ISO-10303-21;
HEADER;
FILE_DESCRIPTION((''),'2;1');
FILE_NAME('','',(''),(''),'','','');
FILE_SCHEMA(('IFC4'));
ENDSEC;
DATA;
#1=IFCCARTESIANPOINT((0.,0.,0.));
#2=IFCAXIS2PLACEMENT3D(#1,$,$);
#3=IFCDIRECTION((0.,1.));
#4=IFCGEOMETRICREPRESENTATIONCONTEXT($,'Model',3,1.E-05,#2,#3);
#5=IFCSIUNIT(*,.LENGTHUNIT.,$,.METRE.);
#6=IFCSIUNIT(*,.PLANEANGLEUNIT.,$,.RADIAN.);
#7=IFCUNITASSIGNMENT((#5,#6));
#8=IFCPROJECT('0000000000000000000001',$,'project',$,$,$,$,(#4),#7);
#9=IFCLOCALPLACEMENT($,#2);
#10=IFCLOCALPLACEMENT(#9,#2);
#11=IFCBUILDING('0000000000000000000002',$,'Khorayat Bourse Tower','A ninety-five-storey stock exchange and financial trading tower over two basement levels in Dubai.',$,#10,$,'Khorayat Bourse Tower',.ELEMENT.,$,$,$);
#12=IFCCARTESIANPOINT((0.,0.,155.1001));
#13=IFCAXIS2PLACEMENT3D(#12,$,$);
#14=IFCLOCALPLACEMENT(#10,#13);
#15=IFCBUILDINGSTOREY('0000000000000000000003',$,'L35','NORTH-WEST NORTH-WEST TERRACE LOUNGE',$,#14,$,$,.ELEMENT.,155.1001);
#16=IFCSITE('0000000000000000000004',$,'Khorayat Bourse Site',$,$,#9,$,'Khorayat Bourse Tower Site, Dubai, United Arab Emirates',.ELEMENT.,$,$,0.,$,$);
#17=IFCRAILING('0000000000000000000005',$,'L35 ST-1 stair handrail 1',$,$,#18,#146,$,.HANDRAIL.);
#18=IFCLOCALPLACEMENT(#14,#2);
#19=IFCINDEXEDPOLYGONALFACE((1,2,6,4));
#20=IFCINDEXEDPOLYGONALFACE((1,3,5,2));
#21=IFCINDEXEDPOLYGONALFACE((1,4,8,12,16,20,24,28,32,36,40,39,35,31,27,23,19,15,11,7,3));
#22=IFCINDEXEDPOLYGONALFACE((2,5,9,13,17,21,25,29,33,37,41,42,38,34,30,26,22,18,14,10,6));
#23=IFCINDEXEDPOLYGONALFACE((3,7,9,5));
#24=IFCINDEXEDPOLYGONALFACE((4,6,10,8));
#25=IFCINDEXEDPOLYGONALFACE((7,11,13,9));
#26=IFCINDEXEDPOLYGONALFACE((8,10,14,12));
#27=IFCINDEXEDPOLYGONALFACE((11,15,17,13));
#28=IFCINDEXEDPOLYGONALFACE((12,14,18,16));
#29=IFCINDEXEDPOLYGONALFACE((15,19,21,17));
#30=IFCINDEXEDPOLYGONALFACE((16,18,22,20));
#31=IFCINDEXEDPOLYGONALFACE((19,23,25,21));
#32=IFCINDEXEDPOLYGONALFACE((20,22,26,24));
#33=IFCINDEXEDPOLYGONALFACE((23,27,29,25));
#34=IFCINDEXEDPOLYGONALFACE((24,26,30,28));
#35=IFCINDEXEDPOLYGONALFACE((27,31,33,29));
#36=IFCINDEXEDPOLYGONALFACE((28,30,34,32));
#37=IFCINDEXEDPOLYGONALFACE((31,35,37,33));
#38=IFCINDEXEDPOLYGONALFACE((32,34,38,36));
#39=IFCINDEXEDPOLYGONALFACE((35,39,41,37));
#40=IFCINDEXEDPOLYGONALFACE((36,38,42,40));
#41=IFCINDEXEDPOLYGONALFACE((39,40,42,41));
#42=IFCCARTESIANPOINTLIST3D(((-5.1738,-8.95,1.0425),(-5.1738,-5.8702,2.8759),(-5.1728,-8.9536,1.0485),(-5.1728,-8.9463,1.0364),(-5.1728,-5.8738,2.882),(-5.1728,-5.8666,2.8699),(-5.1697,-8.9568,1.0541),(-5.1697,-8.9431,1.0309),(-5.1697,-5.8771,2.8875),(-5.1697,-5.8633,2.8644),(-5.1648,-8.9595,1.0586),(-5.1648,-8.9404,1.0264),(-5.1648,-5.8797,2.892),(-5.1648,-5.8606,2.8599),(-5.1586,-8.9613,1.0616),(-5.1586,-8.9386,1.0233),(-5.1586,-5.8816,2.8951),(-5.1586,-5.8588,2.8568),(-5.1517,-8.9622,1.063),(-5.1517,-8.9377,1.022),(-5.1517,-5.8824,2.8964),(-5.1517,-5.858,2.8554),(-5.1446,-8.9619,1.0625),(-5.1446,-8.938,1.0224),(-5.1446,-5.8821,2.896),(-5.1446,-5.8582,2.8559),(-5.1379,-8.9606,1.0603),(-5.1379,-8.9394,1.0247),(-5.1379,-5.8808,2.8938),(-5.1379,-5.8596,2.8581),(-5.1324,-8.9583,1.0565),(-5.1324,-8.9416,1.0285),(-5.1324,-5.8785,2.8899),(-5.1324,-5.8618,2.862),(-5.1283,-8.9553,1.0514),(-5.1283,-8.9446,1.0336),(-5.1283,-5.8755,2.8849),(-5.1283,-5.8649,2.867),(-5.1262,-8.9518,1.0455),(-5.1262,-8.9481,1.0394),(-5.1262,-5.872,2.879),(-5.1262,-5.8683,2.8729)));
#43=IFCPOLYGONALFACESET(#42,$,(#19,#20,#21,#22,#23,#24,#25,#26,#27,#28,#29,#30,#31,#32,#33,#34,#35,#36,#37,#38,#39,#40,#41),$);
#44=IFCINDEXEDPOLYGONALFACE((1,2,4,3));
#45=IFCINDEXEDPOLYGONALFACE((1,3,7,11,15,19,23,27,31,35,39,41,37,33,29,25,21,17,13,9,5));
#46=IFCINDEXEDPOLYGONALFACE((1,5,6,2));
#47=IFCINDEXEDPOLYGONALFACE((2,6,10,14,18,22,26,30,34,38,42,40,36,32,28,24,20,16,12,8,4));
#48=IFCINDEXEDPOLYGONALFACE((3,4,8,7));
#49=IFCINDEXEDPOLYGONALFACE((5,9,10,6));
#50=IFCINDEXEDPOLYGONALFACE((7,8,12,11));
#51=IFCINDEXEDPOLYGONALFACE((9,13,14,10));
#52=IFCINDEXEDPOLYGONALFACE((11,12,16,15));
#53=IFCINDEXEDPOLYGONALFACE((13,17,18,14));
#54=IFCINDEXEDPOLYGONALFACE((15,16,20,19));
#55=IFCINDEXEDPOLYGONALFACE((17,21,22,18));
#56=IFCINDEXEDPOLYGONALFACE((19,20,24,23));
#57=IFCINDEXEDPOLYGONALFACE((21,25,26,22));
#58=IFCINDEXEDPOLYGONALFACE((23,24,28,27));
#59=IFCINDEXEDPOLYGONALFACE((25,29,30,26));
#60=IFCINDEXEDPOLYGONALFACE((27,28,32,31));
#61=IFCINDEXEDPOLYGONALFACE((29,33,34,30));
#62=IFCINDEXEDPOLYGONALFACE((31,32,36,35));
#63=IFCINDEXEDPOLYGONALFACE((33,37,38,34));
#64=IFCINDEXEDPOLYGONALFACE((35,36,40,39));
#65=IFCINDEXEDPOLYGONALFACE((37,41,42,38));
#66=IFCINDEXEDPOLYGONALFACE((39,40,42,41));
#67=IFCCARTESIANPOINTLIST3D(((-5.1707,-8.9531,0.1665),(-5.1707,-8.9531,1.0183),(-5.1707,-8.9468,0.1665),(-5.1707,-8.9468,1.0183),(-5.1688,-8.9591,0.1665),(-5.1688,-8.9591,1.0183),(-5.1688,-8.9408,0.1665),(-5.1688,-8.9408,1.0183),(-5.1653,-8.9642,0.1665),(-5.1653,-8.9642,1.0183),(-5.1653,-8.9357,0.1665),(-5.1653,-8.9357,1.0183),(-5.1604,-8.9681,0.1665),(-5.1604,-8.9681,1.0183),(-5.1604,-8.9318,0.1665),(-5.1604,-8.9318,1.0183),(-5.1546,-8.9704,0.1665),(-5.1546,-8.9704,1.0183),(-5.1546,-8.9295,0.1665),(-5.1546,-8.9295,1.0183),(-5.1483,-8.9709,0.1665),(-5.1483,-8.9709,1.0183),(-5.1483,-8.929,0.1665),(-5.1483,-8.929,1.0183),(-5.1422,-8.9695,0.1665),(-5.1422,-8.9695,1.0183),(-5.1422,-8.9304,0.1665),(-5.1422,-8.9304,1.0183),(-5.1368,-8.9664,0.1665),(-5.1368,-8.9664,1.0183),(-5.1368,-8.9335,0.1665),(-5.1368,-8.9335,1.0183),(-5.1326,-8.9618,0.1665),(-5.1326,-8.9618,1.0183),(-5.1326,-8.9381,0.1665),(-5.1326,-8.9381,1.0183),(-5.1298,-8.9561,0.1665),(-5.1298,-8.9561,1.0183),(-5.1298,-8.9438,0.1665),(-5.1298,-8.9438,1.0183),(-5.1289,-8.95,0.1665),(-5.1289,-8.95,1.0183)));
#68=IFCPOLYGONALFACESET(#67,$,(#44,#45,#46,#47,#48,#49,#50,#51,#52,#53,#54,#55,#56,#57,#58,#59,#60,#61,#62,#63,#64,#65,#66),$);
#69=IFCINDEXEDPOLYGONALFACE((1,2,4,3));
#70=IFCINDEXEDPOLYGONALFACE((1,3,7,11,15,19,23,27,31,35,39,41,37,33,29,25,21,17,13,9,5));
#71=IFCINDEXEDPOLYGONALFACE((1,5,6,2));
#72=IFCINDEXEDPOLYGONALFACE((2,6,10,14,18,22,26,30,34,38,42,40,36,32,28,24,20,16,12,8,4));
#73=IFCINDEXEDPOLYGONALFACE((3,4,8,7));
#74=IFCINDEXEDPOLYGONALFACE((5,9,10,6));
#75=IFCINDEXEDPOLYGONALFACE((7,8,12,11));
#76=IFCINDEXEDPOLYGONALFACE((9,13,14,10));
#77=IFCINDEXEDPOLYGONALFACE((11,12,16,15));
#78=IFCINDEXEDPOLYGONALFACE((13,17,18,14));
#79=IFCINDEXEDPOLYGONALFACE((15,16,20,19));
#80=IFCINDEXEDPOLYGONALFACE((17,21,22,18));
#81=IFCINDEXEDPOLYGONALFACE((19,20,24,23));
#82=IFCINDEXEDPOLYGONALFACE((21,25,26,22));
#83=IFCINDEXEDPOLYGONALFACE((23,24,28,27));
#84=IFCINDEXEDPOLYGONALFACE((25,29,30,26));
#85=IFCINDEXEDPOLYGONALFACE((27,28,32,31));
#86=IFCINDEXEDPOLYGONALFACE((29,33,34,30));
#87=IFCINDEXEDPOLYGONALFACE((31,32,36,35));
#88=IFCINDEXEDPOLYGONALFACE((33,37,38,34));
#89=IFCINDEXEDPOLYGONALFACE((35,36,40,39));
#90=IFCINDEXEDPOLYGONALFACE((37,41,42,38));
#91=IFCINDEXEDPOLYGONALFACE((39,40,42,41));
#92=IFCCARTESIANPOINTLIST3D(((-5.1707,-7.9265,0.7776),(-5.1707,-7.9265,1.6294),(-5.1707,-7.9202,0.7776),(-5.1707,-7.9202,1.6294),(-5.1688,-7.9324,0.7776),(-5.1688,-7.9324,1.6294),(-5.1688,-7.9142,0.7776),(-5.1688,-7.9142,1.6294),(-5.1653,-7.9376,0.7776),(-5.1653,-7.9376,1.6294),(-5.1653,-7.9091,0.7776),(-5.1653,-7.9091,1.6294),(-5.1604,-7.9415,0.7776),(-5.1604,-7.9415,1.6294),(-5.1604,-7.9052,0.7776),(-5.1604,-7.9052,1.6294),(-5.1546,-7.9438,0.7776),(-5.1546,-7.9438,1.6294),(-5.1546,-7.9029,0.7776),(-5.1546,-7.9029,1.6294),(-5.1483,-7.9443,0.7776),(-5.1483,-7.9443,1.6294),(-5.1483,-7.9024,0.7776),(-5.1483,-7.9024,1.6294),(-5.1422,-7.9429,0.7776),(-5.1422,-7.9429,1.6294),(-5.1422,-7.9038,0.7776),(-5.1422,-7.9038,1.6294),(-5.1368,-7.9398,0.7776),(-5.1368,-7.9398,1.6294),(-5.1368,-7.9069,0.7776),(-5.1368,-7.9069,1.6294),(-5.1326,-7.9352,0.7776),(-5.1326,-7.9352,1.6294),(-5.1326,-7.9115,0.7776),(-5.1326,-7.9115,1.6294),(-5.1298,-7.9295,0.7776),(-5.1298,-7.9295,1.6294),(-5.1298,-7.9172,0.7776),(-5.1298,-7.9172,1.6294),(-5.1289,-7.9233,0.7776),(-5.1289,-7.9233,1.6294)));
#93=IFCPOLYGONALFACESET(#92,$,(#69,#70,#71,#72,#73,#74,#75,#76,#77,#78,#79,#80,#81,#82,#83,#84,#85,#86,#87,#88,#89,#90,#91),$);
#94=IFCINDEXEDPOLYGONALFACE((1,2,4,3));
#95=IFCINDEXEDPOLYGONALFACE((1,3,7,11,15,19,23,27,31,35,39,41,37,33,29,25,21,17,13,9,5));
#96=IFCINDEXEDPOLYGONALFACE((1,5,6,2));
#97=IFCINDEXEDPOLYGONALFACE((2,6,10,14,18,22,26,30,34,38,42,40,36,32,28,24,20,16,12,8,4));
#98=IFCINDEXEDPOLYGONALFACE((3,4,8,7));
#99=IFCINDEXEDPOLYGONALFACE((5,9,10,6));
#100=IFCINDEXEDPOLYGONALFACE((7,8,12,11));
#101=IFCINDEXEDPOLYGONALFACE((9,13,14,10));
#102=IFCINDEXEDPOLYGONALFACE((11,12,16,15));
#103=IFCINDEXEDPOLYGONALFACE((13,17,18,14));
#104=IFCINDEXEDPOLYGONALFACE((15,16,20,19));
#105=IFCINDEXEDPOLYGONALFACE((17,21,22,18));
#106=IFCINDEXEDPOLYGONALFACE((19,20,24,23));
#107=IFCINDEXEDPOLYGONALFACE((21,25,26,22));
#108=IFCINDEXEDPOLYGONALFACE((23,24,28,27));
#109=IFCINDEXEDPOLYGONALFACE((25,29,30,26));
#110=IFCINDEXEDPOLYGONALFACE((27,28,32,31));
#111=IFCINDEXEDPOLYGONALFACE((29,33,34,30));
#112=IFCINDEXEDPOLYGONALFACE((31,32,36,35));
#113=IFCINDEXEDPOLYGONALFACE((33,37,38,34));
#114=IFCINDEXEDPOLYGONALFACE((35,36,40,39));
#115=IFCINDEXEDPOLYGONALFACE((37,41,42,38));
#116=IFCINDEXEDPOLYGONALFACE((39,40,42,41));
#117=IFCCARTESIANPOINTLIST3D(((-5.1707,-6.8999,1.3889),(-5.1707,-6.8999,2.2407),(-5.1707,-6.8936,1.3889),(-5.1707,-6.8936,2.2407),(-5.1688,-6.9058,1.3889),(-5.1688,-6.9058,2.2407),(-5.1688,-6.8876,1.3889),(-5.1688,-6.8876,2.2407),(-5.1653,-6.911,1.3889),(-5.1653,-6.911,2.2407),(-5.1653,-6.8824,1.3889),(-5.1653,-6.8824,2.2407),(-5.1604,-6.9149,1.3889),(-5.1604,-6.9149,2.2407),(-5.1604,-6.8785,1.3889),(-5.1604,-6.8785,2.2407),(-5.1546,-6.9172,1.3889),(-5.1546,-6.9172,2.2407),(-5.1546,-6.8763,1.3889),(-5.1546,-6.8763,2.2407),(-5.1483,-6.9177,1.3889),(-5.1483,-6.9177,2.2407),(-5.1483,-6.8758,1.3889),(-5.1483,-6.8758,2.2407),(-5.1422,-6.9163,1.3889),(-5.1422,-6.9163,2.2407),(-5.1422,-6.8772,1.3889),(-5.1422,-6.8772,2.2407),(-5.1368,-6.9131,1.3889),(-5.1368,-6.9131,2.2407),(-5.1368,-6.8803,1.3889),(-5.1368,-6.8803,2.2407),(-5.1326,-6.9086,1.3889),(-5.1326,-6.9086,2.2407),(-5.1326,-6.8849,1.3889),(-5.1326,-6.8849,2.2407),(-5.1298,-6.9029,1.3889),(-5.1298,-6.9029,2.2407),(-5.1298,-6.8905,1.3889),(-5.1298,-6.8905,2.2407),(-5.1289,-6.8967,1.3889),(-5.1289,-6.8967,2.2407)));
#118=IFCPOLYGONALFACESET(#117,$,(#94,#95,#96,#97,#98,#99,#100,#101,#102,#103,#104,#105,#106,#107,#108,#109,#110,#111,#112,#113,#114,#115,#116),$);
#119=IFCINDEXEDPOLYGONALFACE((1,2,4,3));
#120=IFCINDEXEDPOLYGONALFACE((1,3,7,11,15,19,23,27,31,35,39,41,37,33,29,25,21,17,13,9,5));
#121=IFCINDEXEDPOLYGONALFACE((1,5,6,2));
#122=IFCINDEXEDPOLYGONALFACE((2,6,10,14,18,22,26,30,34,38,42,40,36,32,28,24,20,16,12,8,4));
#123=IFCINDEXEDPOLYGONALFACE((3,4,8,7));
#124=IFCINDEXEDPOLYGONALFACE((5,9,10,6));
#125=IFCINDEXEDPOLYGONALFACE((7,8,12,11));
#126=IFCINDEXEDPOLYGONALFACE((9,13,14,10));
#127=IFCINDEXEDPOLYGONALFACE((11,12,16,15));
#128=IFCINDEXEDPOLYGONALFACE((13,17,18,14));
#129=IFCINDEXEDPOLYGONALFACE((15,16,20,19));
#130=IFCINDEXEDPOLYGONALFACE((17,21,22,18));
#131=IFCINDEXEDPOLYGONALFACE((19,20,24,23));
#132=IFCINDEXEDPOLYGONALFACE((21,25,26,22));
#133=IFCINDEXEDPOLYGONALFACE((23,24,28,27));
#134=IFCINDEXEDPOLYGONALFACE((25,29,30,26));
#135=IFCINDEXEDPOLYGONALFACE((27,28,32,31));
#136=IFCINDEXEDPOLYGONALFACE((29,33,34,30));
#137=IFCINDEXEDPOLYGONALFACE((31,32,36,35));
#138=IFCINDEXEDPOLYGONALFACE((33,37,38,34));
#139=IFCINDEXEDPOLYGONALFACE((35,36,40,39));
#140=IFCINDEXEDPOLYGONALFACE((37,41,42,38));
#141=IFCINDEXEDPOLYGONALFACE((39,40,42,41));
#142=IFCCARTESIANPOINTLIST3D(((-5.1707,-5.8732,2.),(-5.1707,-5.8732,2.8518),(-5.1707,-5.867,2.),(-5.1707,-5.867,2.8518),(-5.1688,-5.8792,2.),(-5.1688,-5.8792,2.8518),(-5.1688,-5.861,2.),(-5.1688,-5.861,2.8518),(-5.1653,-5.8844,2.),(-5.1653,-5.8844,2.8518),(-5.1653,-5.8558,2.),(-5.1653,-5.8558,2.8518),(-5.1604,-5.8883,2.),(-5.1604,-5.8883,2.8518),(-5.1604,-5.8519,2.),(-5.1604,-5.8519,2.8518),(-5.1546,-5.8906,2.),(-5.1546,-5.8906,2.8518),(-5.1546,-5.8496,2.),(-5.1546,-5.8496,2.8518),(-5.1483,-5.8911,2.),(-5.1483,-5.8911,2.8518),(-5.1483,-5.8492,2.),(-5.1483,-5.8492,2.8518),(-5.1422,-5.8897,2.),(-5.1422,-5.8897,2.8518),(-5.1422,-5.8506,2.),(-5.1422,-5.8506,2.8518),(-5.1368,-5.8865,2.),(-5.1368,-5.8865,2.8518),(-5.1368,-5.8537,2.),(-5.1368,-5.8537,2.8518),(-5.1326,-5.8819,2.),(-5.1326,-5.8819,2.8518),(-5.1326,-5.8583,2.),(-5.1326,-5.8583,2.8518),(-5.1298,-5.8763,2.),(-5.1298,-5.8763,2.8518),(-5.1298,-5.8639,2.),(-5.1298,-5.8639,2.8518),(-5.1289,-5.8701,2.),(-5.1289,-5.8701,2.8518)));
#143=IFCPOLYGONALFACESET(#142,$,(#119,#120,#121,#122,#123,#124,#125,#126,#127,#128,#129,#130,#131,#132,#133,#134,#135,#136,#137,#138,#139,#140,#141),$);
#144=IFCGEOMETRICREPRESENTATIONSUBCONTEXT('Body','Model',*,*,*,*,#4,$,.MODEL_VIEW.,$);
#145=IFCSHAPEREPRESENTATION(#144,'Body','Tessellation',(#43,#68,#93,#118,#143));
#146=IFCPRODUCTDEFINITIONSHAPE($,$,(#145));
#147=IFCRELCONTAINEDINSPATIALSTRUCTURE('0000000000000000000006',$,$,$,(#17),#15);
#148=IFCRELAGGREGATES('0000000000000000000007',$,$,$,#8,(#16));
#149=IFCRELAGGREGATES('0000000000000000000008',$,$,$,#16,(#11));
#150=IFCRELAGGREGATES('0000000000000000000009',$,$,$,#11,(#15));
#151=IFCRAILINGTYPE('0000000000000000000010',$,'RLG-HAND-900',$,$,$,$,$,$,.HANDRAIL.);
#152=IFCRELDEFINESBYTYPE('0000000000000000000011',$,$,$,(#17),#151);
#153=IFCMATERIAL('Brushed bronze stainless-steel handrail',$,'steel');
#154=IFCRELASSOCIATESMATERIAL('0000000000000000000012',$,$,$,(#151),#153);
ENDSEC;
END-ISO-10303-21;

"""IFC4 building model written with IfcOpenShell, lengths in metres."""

from ifc_helpers import new_model, si_unit, direction, frame, origin, origin_2d, place, context, subcontext, project, spatial, circle, extrude, source, transform, mapped, material, type_object, element, save


model = new_model("IFC4")

# Units and contexts
model_context = context("Model", 3, precision=1e-05, world=origin(), true_north=direction((0.0, 1.0)))
body_context = subcontext(model_context, "Body", "Model", "MODEL_VIEW")
ifc_project = project(units=[si_unit("LENGTHUNIT", "METRE"), si_unit("PLANEANGLEUNIT", "RADIAN")], contexts=[model_context])

# Site, building, storey
site_placement = place(None, origin())
site = spatial("IfcSite", under=ifc_project, at=site_placement, Name="Khorayat Bourse Site", LongName="Khorayat Bourse Tower Site, Dubai, United Arab Emirates", CompositionType="ELEMENT", RefElevation=0.0)
building_placement = place(site_placement, origin())
building = spatial("IfcBuilding", under=site, at=building_placement, Name="Khorayat Bourse Tower", Description="A ninety-five-storey stock exchange and financial trading tower over two basement levels in Dubai.", LongName="Khorayat Bourse Tower", CompositionType="ELEMENT")
storey_placement = place(building_placement, frame((0.0, 0.0, 155.1001)))
storey = spatial("IfcBuildingStorey", under=building, at=storey_placement, Name="L35", Description="NORTH-WEST NORTH-WEST TERRACE LOUNGE", CompositionType="ELEMENT", Elevation=155.1001)

# Railing
ifc_material_1 = material(Name="Brushed bronze stainless-steel handrail", Category="steel")
railing_type_1 = type_object("IfcRailingType", Name="RLG-HAND-900", PredefinedType="HANDRAIL", material=ifc_material_1)
shared_shape_1 = source(origin(), body_context, "Body", "SweptSolid", [
    extrude(circle(Radius=0.0239, at=origin_2d()), frame((0.0, 0.0, 0.876), z_axis=(0.0, 0.859261, 0.511538), x_axis=(-1.0, 0.0, 0.0)), (0.0, 0.0, 1.0), 3.5842),
    extrude(circle(Radius=0.021, at=origin_2d()), origin(), (0.0, 0.0, 1.0), 0.8518),
    extrude(circle(Radius=0.021, at=origin_2d()), frame((0.0, 1.0266, 0.6111)), (0.0, 0.0, 1.0), 0.8518),
    extrude(circle(Radius=0.021, at=origin_2d()), frame((0.0, 2.0532, 1.2224)), (0.0, 0.0, 1.0), 0.8518),
    extrude(circle(Radius=0.021, at=origin_2d()), frame((0.0, 3.0798, 1.8335)), (0.0, 0.0, 1.0), 0.8518),
])
railing_1_placement = place(storey_placement, frame((-5.1499, -8.95, 0.1665)))
element("IfcRailing", 1, at=railing_1_placement, inside=storey, type_object=railing_type_1, Name="L35 ST-1 stair handrail 1", PredefinedType="HANDRAIL", context=body_context, shape_type="MappedRepresentation", body=[
    mapped(shared_shape_1, transform((0.0, 0.0, 0.0), scale=1.0)),
])

save(model, "model.ifc")
